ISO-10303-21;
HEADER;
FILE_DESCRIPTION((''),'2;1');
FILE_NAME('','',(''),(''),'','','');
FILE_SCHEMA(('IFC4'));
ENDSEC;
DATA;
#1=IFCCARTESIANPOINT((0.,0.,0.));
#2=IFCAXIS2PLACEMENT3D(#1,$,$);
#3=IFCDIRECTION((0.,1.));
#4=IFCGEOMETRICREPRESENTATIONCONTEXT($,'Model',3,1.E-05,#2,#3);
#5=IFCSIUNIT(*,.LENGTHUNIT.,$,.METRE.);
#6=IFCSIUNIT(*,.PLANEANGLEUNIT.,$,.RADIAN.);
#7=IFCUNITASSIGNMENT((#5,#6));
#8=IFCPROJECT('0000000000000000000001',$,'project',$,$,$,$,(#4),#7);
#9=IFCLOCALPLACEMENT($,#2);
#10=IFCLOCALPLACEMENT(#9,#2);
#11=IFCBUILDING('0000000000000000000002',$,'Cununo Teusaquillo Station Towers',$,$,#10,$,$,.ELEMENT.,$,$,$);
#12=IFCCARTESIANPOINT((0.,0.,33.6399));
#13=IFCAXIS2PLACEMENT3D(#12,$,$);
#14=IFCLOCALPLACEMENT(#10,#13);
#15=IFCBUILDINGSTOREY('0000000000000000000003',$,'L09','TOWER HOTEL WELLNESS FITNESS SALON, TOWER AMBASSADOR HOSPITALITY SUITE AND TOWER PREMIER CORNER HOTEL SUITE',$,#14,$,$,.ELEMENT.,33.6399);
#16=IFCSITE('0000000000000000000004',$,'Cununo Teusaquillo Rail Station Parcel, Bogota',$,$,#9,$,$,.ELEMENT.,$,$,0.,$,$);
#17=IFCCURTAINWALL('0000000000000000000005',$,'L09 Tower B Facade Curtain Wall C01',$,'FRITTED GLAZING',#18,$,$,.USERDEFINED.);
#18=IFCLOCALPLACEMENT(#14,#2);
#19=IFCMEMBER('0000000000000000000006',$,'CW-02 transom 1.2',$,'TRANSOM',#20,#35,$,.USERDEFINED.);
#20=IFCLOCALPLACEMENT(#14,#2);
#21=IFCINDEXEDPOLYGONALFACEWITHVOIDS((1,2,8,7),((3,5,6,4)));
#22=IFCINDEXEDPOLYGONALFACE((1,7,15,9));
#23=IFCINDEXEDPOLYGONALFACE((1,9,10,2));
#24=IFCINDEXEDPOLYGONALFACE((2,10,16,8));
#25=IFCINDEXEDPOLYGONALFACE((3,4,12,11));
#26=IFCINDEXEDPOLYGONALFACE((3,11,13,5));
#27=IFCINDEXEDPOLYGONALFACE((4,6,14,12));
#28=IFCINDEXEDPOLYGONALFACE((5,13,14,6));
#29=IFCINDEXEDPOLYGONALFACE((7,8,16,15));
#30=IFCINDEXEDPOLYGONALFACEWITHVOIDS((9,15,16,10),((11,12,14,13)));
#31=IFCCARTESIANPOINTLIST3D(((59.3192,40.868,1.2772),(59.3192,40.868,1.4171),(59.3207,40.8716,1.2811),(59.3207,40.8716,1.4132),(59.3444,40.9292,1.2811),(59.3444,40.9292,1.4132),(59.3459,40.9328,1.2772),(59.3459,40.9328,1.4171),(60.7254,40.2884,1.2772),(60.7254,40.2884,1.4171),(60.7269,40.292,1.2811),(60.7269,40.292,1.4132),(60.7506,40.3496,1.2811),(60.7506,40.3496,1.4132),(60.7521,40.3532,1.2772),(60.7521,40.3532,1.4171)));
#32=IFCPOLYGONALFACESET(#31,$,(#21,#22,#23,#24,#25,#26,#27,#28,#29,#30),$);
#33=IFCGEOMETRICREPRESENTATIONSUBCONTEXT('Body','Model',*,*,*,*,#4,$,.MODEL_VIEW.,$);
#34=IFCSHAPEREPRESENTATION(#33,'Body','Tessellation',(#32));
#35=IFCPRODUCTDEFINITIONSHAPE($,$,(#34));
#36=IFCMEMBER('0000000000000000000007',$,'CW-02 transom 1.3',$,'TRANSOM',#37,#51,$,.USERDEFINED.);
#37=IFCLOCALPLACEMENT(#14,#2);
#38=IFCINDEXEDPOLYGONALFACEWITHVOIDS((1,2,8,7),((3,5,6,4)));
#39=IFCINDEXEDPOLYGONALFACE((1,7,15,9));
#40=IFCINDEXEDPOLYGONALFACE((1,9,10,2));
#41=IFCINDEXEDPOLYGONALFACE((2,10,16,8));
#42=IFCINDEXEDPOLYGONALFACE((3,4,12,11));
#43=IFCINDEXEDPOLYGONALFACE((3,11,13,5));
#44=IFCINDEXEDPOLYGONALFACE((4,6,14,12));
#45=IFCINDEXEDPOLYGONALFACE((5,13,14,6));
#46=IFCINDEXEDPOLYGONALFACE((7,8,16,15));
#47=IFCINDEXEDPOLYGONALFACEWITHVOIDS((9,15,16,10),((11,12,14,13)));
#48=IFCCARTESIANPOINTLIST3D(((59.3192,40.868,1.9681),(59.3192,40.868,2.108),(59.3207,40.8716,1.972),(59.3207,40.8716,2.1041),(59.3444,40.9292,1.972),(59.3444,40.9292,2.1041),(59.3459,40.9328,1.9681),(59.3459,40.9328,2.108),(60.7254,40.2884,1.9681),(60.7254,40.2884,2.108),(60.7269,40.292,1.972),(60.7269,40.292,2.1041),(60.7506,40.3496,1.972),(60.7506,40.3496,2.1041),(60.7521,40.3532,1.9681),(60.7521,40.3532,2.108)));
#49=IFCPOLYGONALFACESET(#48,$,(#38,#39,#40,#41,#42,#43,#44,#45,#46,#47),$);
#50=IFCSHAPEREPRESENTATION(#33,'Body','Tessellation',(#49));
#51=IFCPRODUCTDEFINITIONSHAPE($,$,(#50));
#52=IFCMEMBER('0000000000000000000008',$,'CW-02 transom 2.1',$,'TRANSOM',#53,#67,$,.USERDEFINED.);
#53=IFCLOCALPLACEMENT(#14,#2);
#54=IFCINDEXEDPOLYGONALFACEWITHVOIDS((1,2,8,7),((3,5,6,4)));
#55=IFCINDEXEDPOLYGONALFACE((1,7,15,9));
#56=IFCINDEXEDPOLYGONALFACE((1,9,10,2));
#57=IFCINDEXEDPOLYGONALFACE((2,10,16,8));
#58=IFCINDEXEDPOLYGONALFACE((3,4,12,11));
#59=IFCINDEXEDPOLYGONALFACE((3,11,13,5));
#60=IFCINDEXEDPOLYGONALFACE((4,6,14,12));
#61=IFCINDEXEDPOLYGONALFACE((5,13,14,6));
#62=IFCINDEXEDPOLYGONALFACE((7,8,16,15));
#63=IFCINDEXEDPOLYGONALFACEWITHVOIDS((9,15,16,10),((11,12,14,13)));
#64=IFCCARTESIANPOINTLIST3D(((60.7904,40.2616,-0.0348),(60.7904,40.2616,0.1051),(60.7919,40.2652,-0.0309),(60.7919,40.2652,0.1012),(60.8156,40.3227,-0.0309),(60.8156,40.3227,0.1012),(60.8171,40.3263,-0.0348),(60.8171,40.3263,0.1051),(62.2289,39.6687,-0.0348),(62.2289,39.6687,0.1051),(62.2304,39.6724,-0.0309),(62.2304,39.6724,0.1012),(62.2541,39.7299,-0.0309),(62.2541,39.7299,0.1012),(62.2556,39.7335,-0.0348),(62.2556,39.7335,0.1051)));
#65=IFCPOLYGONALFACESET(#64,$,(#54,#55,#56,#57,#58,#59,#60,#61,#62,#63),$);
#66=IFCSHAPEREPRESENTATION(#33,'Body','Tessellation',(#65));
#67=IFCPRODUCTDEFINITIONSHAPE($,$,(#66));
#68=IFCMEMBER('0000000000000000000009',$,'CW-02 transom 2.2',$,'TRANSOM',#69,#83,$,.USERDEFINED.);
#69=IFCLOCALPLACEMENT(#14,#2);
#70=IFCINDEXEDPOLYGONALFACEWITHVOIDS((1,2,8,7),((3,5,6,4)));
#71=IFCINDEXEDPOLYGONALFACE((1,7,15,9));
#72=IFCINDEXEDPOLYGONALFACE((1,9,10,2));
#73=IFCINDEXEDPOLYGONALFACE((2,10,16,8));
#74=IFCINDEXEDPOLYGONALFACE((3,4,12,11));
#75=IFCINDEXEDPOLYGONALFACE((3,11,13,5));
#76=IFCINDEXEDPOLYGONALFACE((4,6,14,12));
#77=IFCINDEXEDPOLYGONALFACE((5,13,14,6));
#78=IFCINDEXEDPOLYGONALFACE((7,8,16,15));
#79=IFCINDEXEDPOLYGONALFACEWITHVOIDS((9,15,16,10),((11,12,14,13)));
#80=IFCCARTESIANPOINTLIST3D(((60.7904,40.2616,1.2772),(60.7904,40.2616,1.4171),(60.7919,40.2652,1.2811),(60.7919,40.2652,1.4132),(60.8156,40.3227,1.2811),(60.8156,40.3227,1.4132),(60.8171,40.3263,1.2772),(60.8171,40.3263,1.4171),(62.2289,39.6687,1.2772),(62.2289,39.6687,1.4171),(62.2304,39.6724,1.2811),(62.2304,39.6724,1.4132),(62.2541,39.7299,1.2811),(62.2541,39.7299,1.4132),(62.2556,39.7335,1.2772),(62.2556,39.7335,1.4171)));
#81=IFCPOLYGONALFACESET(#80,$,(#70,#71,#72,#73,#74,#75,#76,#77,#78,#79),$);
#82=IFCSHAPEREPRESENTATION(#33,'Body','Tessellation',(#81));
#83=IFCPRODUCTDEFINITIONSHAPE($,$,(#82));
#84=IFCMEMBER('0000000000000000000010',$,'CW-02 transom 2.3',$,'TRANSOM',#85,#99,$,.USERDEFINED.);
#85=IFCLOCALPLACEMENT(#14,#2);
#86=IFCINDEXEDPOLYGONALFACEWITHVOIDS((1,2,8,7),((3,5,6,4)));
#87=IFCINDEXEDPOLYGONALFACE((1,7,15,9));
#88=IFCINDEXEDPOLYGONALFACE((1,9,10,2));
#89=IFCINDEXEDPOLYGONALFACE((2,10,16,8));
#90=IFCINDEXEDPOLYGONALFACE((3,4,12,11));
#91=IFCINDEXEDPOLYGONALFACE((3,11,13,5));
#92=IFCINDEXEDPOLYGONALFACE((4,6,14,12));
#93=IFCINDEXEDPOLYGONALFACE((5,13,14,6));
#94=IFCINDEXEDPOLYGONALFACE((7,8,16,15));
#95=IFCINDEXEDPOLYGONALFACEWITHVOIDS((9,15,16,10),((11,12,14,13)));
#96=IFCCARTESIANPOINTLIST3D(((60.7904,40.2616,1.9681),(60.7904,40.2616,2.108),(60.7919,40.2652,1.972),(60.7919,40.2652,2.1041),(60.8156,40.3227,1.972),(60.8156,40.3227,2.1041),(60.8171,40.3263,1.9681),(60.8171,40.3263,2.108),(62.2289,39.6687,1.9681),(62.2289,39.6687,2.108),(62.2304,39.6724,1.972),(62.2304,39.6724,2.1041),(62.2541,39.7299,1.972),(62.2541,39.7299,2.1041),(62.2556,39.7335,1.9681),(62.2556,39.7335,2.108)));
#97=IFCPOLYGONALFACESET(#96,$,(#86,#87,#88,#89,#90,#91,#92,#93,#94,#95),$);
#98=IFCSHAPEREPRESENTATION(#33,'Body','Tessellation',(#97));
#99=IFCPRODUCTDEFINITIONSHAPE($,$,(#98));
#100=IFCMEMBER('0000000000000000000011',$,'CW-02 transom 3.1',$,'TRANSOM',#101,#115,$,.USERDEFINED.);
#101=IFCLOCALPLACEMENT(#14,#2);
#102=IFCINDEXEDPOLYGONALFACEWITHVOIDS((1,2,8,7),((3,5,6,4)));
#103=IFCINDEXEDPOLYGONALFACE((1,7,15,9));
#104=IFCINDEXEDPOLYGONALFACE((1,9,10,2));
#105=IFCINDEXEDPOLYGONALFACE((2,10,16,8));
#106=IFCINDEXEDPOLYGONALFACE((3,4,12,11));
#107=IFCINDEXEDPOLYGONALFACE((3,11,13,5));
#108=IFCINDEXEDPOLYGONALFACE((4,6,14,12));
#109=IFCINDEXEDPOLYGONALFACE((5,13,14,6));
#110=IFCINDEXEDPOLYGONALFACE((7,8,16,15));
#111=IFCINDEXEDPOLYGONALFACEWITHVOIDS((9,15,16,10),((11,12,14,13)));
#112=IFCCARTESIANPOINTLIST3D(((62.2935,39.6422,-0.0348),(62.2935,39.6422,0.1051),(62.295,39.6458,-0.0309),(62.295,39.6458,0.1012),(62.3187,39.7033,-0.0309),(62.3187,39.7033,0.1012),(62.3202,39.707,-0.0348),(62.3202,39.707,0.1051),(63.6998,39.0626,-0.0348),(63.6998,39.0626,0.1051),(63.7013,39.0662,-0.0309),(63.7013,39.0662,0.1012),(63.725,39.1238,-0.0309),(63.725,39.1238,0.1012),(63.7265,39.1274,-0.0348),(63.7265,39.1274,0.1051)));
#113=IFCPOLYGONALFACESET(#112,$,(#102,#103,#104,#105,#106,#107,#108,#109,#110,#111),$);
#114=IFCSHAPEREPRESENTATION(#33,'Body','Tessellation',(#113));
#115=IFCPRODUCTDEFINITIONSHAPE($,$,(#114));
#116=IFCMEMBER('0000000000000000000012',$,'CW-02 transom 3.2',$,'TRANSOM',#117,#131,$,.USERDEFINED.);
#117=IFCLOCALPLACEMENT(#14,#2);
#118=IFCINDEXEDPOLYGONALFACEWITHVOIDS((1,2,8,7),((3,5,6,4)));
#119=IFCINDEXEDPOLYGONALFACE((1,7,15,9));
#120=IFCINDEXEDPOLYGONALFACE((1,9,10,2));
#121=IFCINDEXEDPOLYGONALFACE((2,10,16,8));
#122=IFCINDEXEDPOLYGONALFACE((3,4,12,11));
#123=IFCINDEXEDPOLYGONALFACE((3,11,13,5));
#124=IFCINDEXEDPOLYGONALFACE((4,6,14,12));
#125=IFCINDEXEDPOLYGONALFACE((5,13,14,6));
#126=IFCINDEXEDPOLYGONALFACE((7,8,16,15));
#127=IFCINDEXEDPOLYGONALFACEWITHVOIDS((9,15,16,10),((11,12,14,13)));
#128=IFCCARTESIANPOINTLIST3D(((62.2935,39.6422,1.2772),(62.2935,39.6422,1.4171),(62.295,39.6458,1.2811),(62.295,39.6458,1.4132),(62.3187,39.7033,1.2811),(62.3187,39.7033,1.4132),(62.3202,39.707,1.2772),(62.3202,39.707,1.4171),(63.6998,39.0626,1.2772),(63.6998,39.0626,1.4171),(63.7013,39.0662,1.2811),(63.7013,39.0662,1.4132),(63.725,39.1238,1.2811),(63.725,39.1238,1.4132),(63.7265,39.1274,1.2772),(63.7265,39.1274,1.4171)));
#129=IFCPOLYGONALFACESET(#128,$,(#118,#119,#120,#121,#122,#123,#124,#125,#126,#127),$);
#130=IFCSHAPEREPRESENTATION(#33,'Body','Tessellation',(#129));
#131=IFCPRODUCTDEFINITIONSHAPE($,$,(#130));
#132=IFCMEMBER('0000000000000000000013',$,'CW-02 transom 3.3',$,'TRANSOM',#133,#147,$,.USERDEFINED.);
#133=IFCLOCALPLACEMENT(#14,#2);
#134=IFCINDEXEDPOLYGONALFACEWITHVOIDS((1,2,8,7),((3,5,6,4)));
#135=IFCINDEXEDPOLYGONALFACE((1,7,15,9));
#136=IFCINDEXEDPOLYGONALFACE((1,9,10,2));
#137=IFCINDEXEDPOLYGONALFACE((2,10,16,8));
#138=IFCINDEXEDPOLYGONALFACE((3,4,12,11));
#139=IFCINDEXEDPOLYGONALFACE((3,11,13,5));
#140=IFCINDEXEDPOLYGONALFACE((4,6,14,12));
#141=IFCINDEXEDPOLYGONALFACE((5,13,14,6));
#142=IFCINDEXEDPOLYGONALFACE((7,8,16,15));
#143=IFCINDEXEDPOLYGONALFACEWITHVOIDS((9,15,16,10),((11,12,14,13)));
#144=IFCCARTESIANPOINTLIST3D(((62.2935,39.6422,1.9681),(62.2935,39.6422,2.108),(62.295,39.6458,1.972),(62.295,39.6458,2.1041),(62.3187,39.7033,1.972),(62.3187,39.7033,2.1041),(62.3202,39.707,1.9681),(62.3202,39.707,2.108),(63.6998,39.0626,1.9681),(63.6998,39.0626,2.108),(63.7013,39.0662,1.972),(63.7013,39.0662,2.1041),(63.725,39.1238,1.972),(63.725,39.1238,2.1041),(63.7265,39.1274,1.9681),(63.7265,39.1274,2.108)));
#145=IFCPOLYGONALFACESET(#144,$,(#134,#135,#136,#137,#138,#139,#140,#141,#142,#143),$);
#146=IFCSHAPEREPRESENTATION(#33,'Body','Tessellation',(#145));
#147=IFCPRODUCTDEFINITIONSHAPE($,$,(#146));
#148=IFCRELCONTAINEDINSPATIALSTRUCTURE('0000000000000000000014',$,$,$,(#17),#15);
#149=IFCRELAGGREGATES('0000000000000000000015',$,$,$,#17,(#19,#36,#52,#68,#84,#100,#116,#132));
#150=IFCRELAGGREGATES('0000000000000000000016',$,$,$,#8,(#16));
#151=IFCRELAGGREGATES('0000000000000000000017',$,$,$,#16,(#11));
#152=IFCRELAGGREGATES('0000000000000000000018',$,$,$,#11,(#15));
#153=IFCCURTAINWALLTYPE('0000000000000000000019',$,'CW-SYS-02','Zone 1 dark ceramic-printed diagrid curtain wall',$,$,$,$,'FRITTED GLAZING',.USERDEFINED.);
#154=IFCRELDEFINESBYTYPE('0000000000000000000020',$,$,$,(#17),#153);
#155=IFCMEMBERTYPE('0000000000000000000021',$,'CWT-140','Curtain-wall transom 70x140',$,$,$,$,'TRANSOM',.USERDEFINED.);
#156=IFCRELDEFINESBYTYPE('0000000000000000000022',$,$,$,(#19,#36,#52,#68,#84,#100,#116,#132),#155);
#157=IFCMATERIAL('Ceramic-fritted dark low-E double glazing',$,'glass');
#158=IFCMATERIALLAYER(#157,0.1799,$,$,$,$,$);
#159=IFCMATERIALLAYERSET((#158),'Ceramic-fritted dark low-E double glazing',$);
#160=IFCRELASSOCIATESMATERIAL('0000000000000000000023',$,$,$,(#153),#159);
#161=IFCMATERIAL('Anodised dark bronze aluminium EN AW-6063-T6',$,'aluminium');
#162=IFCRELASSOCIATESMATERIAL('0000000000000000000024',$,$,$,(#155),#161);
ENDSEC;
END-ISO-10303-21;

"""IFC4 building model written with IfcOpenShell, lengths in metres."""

from ifc_helpers import new_model, si_unit, direction, frame, origin, origin_2d, place, context, subcontext, project, spatial, hollow_rectangle, extrude, material, layer, layer_set, material_profile, profile_set, type_object, element, aggregate, save


model = new_model("IFC4")

# Units and contexts
model_context = context("Model", 3, precision=1e-05, world=origin(), true_north=direction((0.0, 1.0)))
body_context = subcontext(model_context, "Body", "Model", "MODEL_VIEW")
ifc_project = project(units=[si_unit("LENGTHUNIT", "METRE"), si_unit("PLANEANGLEUNIT", "RADIAN")], contexts=[model_context])

# Site, building, storey
site_placement = place(None, origin())
site = spatial("IfcSite", under=ifc_project, at=site_placement, Name="Cununo Teusaquillo Rail Station Parcel, Bogota", CompositionType="ELEMENT", RefElevation=0.0)
building_placement = place(site_placement, origin())
building = spatial("IfcBuilding", under=site, at=building_placement, Name="Cununo Teusaquillo Station Towers", CompositionType="ELEMENT")
storey_placement = place(building_placement, frame((0.0, 0.0, 33.6399)))
storey = spatial("IfcBuildingStorey", under=building, at=storey_placement, Name="L09", Description="TOWER HOTEL WELLNESS FITNESS SALON, TOWER AMBASSADOR HOSPITALITY SUITE AND TOWER PREMIER CORNER HOTEL SUITE", CompositionType="ELEMENT", Elevation=33.6399)

# Curtain wall, members
ifc_material_1 = material(Name="Ceramic-fritted dark low-E double glazing", Category="glass")
ifc_layer_1 = layer(ifc_material_1, 0.1799)
ifc_layer_set_1 = layer_set([ifc_layer_1], Name="Ceramic-fritted dark low-E double glazing")
curtain_wall_type = type_object("IfcCurtainWallType", Name="CW-SYS-02", Description="Zone 1 dark ceramic-printed diagrid curtain wall", ElementType="FRITTED GLAZING", PredefinedType="USERDEFINED", material=ifc_layer_set_1)
curtain_wall_placement = place(storey_placement, origin())
curtain_wall = element("IfcCurtainWall", 1, at=curtain_wall_placement, inside=storey, type_object=curtain_wall_type, Name="L09 Tower B Facade Curtain Wall C01", ObjectType="FRITTED GLAZING", PredefinedType="USERDEFINED")
ifc_material_2 = material(Name="Anodised dark bronze aluminium EN AW-6063-T6", Category="aluminium")
ifc_material_profile_1 = material_profile(ifc_material_2, hollow_rectangle(XDim=0.0701, YDim=0.1399, WallThickness=0.0039, at=origin_2d()), Name="CW-TRAN-70x140")
ifc_profile_set_1 = profile_set([ifc_material_profile_1], Name="Anodised dark bronze aluminium EN AW-6063-T6")
member_type_1 = type_object("IfcMemberType", Name="CWT-140", Description="Curtain-wall transom 70x140", ElementType="TRANSOM", PredefinedType="USERDEFINED", material=ifc_profile_set_1)
member_1_placement = place(storey_placement, frame((59.3325, 40.9004, 1.3472), z_axis=(0.924552, -0.381057, 0.0), x_axis=(0.381057, 0.924552, 0.0)))
member_1 = element("IfcMember", 2, at=member_1_placement, type_object=member_type_1, Name="CW-02 transom 1.2", ObjectType="TRANSOM", PredefinedType="USERDEFINED", context=body_context, shape_type="SweptSolid", body=[
    extrude(hollow_rectangle(XDim=0.0701, YDim=0.1399, WallThickness=0.0039, at=origin_2d()), origin(), (0.0, 0.0, 1.0), 1.521),
])
member_2_placement = place(storey_placement, frame((59.3325, 40.9004, 2.0381), z_axis=(0.924552, -0.381057, 0.0), x_axis=(0.381057, 0.924552, 0.0)))
member_2 = element("IfcMember", 3, at=member_2_placement, type_object=member_type_1, Name="CW-02 transom 1.3", ObjectType="TRANSOM", PredefinedType="USERDEFINED", context=body_context, shape_type="SweptSolid", body=[
    extrude(hollow_rectangle(XDim=0.0701, YDim=0.1399, WallThickness=0.0039, at=origin_2d()), origin(), (0.0, 0.0, 1.0), 1.521),
])
member_3_placement = place(storey_placement, frame((60.8037, 40.2939, 0.0352), z_axis=(0.924574, -0.381002, 0.0), x_axis=(0.381002, 0.924574, 0.0)))
member_3 = element("IfcMember", 4, at=member_3_placement, type_object=member_type_1, Name="CW-02 transom 2.1", ObjectType="TRANSOM", PredefinedType="USERDEFINED", context=body_context, shape_type="SweptSolid", body=[
    extrude(hollow_rectangle(XDim=0.0701, YDim=0.1399, WallThickness=0.0039, at=origin_2d()), origin(), (0.0, 0.0, 1.0), 1.5559),
])
member_4_placement = place(storey_placement, frame((60.8037, 40.2939, 1.3472), z_axis=(0.924574, -0.381002, 0.0), x_axis=(0.381002, 0.924574, 0.0)))
member_4 = element("IfcMember", 5, at=member_4_placement, type_object=member_type_1, Name="CW-02 transom 2.2", ObjectType="TRANSOM", PredefinedType="USERDEFINED", context=body_context, shape_type="SweptSolid", body=[
    extrude(hollow_rectangle(XDim=0.0701, YDim=0.1399, WallThickness=0.0039, at=origin_2d()), origin(), (0.0, 0.0, 1.0), 1.5559),
])
member_5_placement = place(storey_placement, frame((60.8037, 40.2939, 2.0381), z_axis=(0.924574, -0.381002, 0.0), x_axis=(0.381002, 0.924574, 0.0)))
member_5 = element("IfcMember", 6, at=member_5_placement, type_object=member_type_1, Name="CW-02 transom 2.3", ObjectType="TRANSOM", PredefinedType="USERDEFINED", context=body_context, shape_type="SweptSolid", body=[
    extrude(hollow_rectangle(XDim=0.0701, YDim=0.1399, WallThickness=0.0039, at=origin_2d()), origin(), (0.0, 0.0, 1.0), 1.5559),
])
member_6_placement = place(storey_placement, frame((62.3069, 39.6746, 0.0352), z_axis=(0.924552, -0.381057, 0.0), x_axis=(0.381057, 0.924552, 0.0)))
member_6 = element("IfcMember", 7, at=member_6_placement, type_object=member_type_1, Name="CW-02 transom 3.1", ObjectType="TRANSOM", PredefinedType="USERDEFINED", context=body_context, shape_type="SweptSolid", body=[
    extrude(hollow_rectangle(XDim=0.0701, YDim=0.1399, WallThickness=0.0039, at=origin_2d()), origin(), (0.0, 0.0, 1.0), 1.521),
])
member_7_placement = place(storey_placement, frame((62.3069, 39.6746, 1.3472), z_axis=(0.924552, -0.381057, 0.0), x_axis=(0.381057, 0.924552, 0.0)))
member_7 = element("IfcMember", 8, at=member_7_placement, type_object=member_type_1, Name="CW-02 transom 3.2", ObjectType="TRANSOM", PredefinedType="USERDEFINED", context=body_context, shape_type="SweptSolid", body=[
    extrude(hollow_rectangle(XDim=0.0701, YDim=0.1399, WallThickness=0.0039, at=origin_2d()), origin(), (0.0, 0.0, 1.0), 1.521),
])
member_8_placement = place(storey_placement, frame((62.3069, 39.6746, 2.0381), z_axis=(0.924552, -0.381057, 0.0), x_axis=(0.381057, 0.924552, 0.0)))
member_8 = element("IfcMember", 9, at=member_8_placement, type_object=member_type_1, Name="CW-02 transom 3.3", ObjectType="TRANSOM", PredefinedType="USERDEFINED", context=body_context, shape_type="SweptSolid", body=[
    extrude(hollow_rectangle(XDim=0.0701, YDim=0.1399, WallThickness=0.0039, at=origin_2d()), origin(), (0.0, 0.0, 1.0), 1.521),
])

aggregate(curtain_wall, [member_1, member_2, member_3, member_4, member_5, member_6, member_7, member_8])

save(model, "model.ifc")
